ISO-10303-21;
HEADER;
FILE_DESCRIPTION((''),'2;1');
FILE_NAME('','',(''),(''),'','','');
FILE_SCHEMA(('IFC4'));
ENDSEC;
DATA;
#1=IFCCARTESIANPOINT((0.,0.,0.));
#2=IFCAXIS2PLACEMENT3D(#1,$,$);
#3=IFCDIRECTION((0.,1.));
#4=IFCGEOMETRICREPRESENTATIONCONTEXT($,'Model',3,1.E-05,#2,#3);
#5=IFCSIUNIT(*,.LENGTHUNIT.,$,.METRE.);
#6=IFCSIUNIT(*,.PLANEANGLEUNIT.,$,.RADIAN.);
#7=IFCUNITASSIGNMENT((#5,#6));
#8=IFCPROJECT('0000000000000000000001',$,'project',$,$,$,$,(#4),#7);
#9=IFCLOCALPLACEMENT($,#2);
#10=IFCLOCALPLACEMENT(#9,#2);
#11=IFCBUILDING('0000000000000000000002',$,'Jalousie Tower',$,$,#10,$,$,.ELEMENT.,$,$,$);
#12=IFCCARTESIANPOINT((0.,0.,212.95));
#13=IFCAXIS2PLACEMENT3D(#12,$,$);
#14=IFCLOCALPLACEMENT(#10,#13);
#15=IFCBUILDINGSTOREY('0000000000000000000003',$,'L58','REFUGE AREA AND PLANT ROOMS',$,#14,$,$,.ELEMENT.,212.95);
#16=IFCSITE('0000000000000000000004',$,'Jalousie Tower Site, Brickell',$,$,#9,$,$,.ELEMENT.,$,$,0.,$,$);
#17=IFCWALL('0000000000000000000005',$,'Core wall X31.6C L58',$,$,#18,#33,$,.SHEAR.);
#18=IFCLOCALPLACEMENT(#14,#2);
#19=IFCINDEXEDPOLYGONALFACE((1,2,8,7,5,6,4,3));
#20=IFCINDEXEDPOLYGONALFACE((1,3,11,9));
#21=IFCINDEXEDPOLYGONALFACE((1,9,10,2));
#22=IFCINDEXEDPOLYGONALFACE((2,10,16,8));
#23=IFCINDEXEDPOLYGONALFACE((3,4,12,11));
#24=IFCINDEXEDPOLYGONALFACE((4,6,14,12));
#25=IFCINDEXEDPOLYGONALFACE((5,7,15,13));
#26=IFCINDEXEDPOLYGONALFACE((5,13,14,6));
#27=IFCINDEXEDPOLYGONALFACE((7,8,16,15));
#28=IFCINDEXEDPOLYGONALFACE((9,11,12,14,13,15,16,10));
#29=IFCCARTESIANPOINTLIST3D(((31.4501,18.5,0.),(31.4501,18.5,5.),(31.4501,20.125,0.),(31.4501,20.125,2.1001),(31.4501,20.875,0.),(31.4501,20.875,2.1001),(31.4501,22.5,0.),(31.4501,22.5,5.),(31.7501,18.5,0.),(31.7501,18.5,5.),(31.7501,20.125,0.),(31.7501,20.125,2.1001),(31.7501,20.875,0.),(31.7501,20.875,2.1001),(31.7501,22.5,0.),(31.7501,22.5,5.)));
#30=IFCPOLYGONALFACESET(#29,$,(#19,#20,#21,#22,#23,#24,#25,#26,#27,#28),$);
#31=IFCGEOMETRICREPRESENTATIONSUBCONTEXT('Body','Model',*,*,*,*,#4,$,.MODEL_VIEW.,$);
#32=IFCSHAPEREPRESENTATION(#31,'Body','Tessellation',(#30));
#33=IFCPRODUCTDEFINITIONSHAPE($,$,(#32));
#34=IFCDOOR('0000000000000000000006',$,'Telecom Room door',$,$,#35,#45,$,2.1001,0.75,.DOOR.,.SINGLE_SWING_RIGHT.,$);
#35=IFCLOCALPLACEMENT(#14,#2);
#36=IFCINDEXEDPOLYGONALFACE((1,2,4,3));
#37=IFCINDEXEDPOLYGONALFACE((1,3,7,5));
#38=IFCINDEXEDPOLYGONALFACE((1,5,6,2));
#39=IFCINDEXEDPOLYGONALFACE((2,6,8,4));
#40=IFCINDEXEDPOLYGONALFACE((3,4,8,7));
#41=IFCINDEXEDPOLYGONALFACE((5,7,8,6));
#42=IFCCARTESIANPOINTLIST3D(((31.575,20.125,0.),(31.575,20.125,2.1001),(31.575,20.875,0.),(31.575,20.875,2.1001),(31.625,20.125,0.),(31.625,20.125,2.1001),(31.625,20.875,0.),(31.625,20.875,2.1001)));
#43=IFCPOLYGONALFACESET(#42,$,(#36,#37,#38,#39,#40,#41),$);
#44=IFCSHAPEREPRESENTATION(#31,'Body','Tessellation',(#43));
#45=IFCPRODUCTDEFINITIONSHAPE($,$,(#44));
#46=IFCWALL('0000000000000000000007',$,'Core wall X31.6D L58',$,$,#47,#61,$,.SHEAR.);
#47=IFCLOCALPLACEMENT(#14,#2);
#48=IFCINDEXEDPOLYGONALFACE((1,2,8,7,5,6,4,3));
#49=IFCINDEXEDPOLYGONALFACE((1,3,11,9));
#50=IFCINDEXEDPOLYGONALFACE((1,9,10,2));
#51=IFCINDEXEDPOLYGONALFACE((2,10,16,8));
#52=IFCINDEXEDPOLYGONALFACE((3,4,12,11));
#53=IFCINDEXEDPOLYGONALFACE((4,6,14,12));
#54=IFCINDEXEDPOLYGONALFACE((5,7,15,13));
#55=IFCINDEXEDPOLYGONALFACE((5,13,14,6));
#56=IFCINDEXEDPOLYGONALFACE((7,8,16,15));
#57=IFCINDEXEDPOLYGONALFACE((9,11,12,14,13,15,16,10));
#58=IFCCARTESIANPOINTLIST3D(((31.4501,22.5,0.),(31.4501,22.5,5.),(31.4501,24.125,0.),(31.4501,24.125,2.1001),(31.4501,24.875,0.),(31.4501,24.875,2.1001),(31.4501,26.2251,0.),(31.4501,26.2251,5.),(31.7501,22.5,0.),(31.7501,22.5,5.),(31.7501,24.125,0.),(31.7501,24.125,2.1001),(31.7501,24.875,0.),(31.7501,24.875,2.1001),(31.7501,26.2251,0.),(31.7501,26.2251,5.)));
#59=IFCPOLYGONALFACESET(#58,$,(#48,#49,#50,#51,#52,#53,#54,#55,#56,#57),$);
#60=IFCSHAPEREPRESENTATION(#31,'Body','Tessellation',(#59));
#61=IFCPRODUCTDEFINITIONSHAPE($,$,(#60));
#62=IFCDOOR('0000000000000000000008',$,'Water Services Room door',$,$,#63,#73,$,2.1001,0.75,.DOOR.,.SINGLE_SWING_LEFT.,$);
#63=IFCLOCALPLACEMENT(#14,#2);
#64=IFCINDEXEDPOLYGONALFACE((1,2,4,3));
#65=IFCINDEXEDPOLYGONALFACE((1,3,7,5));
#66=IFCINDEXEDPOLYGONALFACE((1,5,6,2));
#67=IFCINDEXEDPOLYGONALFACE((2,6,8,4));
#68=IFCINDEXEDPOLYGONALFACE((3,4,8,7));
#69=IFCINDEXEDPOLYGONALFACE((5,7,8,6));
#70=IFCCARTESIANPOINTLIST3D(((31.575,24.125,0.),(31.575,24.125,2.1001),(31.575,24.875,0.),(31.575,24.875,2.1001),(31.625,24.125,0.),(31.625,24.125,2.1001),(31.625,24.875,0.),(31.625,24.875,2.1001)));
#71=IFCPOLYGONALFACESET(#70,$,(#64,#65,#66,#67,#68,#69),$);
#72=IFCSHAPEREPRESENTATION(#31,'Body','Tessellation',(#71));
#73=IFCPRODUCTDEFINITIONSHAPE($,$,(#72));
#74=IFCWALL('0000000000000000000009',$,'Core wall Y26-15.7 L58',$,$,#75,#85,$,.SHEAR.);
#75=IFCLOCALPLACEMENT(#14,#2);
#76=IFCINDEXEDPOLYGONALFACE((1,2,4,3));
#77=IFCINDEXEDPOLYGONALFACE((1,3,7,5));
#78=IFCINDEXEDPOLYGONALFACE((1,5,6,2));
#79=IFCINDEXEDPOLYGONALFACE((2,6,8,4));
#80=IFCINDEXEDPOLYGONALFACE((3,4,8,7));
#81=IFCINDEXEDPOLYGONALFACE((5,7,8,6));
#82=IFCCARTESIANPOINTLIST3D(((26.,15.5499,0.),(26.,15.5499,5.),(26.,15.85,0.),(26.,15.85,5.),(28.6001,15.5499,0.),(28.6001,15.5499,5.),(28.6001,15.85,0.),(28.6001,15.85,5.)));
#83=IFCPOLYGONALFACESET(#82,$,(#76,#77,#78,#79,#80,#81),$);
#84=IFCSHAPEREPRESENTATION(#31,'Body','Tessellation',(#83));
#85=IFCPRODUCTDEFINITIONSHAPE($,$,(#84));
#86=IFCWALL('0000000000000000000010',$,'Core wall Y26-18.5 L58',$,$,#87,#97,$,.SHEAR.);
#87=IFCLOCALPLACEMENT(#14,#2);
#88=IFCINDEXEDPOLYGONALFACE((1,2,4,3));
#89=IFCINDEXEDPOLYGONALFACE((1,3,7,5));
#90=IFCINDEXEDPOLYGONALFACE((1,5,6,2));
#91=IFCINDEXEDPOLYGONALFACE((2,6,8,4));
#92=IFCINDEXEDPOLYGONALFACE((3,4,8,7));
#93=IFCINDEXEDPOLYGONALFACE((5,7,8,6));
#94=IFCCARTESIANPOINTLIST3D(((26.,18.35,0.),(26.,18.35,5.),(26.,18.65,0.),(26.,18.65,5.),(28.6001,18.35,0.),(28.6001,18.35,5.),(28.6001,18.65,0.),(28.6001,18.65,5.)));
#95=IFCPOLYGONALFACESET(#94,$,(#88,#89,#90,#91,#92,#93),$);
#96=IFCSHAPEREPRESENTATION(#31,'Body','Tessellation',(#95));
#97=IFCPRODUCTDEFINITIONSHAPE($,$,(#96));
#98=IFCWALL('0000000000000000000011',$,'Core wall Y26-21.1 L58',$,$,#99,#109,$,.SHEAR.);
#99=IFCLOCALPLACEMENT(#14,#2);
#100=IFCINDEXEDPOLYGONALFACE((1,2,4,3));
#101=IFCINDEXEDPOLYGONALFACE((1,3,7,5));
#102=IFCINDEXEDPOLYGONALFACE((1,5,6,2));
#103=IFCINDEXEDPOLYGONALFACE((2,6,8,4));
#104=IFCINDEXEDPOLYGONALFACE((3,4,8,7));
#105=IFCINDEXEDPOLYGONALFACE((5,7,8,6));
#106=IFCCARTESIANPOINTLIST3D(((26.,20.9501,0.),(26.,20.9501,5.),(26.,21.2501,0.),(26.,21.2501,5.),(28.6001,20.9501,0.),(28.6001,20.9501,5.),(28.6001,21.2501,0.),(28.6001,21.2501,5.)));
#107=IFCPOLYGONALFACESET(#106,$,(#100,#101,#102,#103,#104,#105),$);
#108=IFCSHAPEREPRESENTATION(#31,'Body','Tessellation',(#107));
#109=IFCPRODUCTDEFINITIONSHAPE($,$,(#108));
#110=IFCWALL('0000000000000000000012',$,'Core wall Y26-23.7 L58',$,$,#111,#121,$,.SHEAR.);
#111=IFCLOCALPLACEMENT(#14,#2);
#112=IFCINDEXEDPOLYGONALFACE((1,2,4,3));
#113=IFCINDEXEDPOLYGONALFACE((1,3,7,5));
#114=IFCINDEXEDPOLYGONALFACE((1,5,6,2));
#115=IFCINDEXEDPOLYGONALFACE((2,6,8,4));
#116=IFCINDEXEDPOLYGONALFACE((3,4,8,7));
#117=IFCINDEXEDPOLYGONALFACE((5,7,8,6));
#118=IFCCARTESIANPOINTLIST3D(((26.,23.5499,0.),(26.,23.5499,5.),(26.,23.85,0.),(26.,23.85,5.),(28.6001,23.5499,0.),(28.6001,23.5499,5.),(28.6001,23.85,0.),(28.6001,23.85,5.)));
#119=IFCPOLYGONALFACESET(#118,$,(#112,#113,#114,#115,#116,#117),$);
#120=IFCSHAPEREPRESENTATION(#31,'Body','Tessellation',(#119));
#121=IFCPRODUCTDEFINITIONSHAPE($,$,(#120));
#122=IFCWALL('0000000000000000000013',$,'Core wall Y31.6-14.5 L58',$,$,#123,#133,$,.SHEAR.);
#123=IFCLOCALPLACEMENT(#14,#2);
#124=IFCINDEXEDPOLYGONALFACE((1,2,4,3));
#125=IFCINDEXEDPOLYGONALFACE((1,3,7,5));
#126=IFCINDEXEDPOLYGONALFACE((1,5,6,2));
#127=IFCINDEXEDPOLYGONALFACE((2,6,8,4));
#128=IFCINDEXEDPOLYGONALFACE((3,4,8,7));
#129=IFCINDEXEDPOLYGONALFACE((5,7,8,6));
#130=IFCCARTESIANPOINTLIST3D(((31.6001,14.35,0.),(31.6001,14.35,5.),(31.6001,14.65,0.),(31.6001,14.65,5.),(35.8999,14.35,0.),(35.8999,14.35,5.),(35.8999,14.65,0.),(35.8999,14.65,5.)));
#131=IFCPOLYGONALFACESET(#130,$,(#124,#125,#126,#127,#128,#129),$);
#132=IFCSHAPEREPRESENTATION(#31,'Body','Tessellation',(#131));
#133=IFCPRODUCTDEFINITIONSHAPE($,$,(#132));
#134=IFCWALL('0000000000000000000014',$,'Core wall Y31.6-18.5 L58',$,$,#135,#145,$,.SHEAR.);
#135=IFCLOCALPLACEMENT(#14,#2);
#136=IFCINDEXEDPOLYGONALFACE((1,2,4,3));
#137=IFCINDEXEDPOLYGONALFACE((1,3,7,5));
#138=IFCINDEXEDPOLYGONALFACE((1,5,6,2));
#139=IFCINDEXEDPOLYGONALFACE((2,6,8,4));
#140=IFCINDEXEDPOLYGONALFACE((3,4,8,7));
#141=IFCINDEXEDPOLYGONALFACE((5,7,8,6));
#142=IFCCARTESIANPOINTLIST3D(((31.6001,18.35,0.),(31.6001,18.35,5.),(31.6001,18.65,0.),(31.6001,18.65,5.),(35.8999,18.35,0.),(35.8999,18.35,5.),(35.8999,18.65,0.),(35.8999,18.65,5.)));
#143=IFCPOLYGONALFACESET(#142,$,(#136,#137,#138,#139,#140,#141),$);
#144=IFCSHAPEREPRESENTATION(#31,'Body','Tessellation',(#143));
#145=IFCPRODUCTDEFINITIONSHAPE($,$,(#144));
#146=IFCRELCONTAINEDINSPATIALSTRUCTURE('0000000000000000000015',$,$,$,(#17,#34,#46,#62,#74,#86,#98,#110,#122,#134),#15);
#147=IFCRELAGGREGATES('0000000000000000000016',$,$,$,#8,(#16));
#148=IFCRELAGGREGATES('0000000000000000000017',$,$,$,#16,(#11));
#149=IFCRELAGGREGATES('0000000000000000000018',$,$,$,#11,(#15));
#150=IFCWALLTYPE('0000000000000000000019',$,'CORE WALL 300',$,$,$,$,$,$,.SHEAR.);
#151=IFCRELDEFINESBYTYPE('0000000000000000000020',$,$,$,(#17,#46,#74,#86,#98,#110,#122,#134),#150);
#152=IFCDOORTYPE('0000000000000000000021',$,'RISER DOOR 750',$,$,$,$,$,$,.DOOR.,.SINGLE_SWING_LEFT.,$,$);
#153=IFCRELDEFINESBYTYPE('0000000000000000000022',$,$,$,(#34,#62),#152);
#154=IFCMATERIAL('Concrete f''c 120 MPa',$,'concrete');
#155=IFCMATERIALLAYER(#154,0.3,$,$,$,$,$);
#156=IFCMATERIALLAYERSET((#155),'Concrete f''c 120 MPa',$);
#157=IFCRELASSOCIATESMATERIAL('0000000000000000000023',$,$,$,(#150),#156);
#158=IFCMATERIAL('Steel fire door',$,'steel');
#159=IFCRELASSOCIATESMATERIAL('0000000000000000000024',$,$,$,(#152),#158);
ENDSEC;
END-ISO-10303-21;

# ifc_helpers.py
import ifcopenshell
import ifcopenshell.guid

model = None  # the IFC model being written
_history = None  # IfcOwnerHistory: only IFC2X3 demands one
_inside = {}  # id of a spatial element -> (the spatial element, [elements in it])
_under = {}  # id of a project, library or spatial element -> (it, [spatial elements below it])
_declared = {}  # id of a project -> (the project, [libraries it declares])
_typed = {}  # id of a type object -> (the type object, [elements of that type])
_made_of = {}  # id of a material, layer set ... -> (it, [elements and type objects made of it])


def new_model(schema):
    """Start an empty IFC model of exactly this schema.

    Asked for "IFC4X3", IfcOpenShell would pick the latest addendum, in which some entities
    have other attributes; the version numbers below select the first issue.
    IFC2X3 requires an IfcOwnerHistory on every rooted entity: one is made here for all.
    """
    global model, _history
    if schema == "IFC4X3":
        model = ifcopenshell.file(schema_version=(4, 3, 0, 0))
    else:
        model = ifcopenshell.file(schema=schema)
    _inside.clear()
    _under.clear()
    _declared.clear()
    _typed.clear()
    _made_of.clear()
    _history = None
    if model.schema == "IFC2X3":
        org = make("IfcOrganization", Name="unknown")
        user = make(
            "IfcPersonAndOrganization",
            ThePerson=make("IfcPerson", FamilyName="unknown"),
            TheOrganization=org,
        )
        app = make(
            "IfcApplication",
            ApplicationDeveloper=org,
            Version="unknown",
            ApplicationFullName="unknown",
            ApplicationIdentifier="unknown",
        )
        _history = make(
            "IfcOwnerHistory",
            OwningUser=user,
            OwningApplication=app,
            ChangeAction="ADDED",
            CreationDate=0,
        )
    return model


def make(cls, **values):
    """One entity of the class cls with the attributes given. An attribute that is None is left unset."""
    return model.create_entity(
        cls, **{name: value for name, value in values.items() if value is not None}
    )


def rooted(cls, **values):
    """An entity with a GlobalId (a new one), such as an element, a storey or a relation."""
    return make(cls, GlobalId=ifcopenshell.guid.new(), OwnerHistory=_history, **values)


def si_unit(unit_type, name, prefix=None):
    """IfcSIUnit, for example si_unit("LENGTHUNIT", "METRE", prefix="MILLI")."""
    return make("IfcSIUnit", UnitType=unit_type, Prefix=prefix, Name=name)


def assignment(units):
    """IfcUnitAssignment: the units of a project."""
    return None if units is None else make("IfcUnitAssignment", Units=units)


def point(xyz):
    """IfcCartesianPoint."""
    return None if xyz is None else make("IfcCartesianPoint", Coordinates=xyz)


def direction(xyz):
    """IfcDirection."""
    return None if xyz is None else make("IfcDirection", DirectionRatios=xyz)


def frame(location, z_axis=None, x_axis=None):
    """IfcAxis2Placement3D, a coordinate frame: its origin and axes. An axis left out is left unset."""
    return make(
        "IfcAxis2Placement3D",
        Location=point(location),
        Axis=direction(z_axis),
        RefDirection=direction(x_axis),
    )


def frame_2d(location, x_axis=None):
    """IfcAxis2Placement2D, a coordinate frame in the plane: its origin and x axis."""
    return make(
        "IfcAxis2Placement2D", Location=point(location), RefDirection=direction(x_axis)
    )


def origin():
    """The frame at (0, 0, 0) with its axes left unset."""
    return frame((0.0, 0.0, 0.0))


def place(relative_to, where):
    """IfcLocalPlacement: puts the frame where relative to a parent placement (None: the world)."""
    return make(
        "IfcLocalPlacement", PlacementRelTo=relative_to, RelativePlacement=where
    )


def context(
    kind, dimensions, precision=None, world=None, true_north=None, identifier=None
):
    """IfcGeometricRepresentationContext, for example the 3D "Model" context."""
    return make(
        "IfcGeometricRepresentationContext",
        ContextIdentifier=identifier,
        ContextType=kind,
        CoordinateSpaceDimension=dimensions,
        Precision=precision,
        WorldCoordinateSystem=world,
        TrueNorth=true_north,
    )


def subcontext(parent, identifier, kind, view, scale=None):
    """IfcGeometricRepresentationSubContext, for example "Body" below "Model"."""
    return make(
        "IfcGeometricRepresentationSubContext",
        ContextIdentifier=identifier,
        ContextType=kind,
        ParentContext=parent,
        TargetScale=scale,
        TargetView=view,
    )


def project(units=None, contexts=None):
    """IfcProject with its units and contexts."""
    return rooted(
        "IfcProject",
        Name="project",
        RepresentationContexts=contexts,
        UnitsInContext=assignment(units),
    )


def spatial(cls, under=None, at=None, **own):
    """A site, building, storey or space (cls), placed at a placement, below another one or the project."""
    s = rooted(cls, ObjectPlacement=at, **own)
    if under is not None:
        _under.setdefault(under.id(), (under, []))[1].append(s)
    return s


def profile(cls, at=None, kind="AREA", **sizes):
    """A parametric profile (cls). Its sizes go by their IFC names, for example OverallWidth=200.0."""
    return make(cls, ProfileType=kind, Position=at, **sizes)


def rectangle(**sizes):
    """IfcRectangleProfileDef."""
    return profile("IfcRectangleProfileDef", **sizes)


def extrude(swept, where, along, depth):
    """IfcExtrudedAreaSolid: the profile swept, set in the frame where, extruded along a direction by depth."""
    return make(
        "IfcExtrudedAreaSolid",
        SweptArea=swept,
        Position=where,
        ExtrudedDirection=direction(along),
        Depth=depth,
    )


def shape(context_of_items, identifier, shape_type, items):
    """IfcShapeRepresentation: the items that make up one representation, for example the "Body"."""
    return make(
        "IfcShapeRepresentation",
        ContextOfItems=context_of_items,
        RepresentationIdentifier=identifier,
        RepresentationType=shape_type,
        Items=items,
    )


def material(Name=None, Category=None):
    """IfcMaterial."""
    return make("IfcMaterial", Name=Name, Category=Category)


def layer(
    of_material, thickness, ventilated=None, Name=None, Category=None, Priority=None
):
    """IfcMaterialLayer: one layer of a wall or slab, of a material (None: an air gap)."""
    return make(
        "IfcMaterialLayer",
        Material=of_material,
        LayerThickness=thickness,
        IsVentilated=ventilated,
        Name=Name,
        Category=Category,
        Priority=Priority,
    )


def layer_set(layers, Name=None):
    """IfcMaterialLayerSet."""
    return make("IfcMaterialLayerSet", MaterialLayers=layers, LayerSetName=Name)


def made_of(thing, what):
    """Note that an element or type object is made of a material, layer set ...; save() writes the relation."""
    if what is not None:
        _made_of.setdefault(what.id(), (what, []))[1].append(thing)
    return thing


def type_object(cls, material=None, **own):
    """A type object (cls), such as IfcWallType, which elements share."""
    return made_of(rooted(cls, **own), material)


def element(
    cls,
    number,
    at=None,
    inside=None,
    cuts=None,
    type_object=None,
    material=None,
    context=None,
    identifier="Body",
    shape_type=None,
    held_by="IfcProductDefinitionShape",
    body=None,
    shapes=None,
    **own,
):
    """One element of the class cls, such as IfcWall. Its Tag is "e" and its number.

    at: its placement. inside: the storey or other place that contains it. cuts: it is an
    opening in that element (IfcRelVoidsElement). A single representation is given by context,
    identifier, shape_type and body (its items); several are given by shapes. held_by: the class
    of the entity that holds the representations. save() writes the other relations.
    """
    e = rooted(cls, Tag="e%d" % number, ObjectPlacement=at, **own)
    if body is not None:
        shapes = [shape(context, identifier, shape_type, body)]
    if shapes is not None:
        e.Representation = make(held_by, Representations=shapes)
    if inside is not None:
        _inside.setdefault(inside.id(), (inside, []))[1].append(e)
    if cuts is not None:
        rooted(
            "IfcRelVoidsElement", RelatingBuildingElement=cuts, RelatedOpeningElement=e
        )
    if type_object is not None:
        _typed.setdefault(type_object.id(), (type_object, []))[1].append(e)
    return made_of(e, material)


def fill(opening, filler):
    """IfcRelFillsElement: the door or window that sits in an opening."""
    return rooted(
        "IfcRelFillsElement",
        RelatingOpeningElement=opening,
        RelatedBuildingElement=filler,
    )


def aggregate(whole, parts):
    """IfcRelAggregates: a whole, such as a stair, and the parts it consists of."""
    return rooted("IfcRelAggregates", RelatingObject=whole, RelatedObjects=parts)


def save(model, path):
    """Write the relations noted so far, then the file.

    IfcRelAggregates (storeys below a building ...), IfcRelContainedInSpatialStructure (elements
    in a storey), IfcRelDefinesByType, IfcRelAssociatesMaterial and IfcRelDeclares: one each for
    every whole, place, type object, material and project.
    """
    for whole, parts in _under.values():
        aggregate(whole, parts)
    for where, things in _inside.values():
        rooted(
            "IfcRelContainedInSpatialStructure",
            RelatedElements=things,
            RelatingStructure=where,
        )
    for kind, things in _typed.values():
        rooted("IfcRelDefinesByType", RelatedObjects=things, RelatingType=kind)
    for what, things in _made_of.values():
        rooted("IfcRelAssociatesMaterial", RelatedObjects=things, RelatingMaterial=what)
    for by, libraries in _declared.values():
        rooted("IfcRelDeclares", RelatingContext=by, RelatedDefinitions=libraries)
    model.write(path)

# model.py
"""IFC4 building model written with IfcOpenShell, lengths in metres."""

from ifc_helpers import new_model, si_unit, direction, frame, frame_2d, origin, place, context, subcontext, project, spatial, rectangle, extrude, material, layer, layer_set, type_object, element, fill, save


model = new_model("IFC4")

# Units and contexts
model_context = context("Model", 3, precision=1e-05, world=origin(), true_north=direction((0.0, 1.0)))
body_context = subcontext(model_context, "Body", "Model", "MODEL_VIEW")
ifc_project = project(units=[si_unit("LENGTHUNIT", "METRE"), si_unit("PLANEANGLEUNIT", "RADIAN")], contexts=[model_context])

# Site, building, storey
site_placement = place(None, origin())
site = spatial("IfcSite", under=ifc_project, at=site_placement, Name="Jalousie Tower Site, Brickell", CompositionType="ELEMENT", RefElevation=0.0)
building_placement = place(site_placement, origin())
building = spatial("IfcBuilding", under=site, at=building_placement, Name="Jalousie Tower", CompositionType="ELEMENT")
storey_placement = place(building_placement, frame((0.0, 0.0, 212.95)))
storey = spatial("IfcBuildingStorey", under=building, at=storey_placement, Name="L58", Description="REFUGE AREA AND PLANT ROOMS", CompositionType="ELEMENT", Elevation=212.95)

# Shared definitions
ifc_material_1 = material(Name="Concrete f'c 120 MPa", Category="concrete")
ifc_layer = layer(ifc_material_1, 0.3)
ifc_layer_set = layer_set([ifc_layer], Name="Concrete f'c 120 MPa")
wall_type = type_object("IfcWallType", Name="CORE WALL 300", PredefinedType="SHEAR", material=ifc_layer_set)

# Walls, openings, doors
ifc_material_2 = material(Name="Steel fire door", Category="steel")
door_type_1 = type_object("IfcDoorType", Name="RISER DOOR 750", OperationType="SINGLE_SWING_LEFT", PredefinedType="DOOR", material=ifc_material_2)
wall_1_placement = place(storey_placement, frame((31.6001, 18.5, 0.0), z_axis=(0.0, 0.0, 1.0), x_axis=(0.0, 1.0, 0.0)))
wall_1 = element("IfcWall", 1, at=wall_1_placement, inside=storey, type_object=wall_type, Name="Core wall X31.6C L58", PredefinedType="SHEAR", context=body_context, shape_type="SweptSolid", body=[
    extrude(rectangle(XDim=4.0, YDim=0.3, at=frame_2d((2.0, 0.0))), origin(), (0.0, 0.0, 1.0), 5.0),
])
opening_1_placement = place(wall_1_placement, frame((1.625, 0.0, 0.0)))
opening_1 = element("IfcOpeningElement", 2, at=opening_1_placement, cuts=wall_1, PredefinedType="OPENING", context=body_context, shape_type="SweptSolid", body=[
    extrude(rectangle(XDim=0.75, YDim=2.1001, at=frame_2d((0.375, 1.05))), frame((0.0, 0.1599, 0.0), z_axis=(0.0, -1.0, 0.0), x_axis=(1.0, 0.0, 0.0)), (0.0, 0.0, 1.0), 0.3201),
])
door_1_placement = place(opening_1_placement, frame((0.75, 0.0, 0.0), z_axis=(0.0, 0.0, 1.0), x_axis=(-1.0, 0.0, 0.0)))
door_1 = element("IfcDoor", 3, at=door_1_placement, inside=storey, type_object=door_type_1, Name="Telecom Room door", OperationType="SINGLE_SWING_RIGHT", OverallHeight=2.1001, OverallWidth=0.75, PredefinedType="DOOR", context=body_context, shape_type="SweptSolid", body=[
    extrude(rectangle(XDim=0.75, YDim=2.1001, at=frame_2d((0.375, 1.05))), frame((0.0, 0.0249, 0.0), z_axis=(0.0, -1.0, 0.0), x_axis=(1.0, 0.0, 0.0)), (0.0, 0.0, 1.0), 0.05),
])
fill(opening_1, door_1)
wall_2_placement = place(storey_placement, frame((31.6001, 22.5, 0.0), z_axis=(0.0, 0.0, 1.0), x_axis=(0.0, 1.0, 0.0)))
wall_2 = element("IfcWall", 4, at=wall_2_placement, inside=storey, type_object=wall_type, Name="Core wall X31.6D L58", PredefinedType="SHEAR", context=body_context, shape_type="SweptSolid", body=[
    extrude(rectangle(XDim=3.7251, YDim=0.3, at=frame_2d((1.8625, 0.0))), origin(), (0.0, 0.0, 1.0), 5.0),
])
opening_2_placement = place(wall_2_placement, frame((1.625, 0.0, 0.0)))
opening_2 = element("IfcOpeningElement", 5, at=opening_2_placement, cuts=wall_2, PredefinedType="OPENING", context=body_context, shape_type="SweptSolid", body=[
    extrude(rectangle(XDim=0.75, YDim=2.1001, at=frame_2d((0.375, 1.05))), frame((0.0, 0.1599, 0.0), z_axis=(0.0, -1.0, 0.0), x_axis=(1.0, 0.0, 0.0)), (0.0, 0.0, 1.0), 0.3201),
])
door_2_placement = place(opening_2_placement, frame((0.75, 0.0, 0.0), z_axis=(0.0, 0.0, 1.0), x_axis=(-1.0, 0.0, 0.0)))
door_2 = element("IfcDoor", 6, at=door_2_placement, inside=storey, type_object=door_type_1, Name="Water Services Room door", OperationType="SINGLE_SWING_LEFT", OverallHeight=2.1001, OverallWidth=0.75, PredefinedType="DOOR", context=body_context, shape_type="SweptSolid", body=[
    extrude(rectangle(XDim=0.75, YDim=2.1001, at=frame_2d((0.375, 1.05))), frame((0.0, 0.0249, 0.0), z_axis=(0.0, -1.0, 0.0), x_axis=(1.0, 0.0, 0.0)), (0.0, 0.0, 1.0), 0.05),
])
fill(opening_2, door_2)

# Walls
for number, where, z_axis, x_axis, name in (
    (7, (26.0, 15.7, 0.0), (0.0, 0.0, 1.0), (1.0, 0.0, 0.0), "Core wall Y26-15.7 L58"),
    (8, (26.0, 18.5, 0.0), (0.0, 0.0, 1.0), (1.0, 0.0, 0.0), "Core wall Y26-18.5 L58"),
    (9, (26.0, 21.1001, 0.0), (0.0, 0.0, 1.0), (1.0, 0.0, 0.0), "Core wall Y26-21.1 L58"),
    (10, (26.0, 23.7, 0.0), (0.0, 0.0, 1.0), (1.0, 0.0, 0.0), "Core wall Y26-23.7 L58"),
):
    element("IfcWall", number, at=place(storey_placement, frame(where, z_axis=z_axis, x_axis=x_axis)), inside=storey, type_object=wall_type, Name=name, PredefinedType="SHEAR", context=body_context, shape_type="SweptSolid", body=[
        extrude(rectangle(XDim=2.6001, YDim=0.3, at=frame_2d((1.3, 0.0))), origin(), (0.0, 0.0, 1.0), 5.0),
    ])
for number, where, z_axis, x_axis, name in (
    (11, (31.6001, 14.5, 0.0), (0.0, 0.0, 1.0), (1.0, 0.0, 0.0), "Core wall Y31.6-14.5 L58"),
    (12, (31.6001, 18.5, 0.0), (0.0, 0.0, 1.0), (1.0, 0.0, 0.0), "Core wall Y31.6-18.5 L58"),
):
    element("IfcWall", number, at=place(storey_placement, frame(where, z_axis=z_axis, x_axis=x_axis)), inside=storey, type_object=wall_type, Name=name, PredefinedType="SHEAR", context=body_context, shape_type="SweptSolid", body=[
        extrude(rectangle(XDim=4.2998, YDim=0.3, at=frame_2d((2.1499, 0.0))), origin(), (0.0, 0.0, 1.0), 5.0),
    ])

save(model, "model.ifc")
